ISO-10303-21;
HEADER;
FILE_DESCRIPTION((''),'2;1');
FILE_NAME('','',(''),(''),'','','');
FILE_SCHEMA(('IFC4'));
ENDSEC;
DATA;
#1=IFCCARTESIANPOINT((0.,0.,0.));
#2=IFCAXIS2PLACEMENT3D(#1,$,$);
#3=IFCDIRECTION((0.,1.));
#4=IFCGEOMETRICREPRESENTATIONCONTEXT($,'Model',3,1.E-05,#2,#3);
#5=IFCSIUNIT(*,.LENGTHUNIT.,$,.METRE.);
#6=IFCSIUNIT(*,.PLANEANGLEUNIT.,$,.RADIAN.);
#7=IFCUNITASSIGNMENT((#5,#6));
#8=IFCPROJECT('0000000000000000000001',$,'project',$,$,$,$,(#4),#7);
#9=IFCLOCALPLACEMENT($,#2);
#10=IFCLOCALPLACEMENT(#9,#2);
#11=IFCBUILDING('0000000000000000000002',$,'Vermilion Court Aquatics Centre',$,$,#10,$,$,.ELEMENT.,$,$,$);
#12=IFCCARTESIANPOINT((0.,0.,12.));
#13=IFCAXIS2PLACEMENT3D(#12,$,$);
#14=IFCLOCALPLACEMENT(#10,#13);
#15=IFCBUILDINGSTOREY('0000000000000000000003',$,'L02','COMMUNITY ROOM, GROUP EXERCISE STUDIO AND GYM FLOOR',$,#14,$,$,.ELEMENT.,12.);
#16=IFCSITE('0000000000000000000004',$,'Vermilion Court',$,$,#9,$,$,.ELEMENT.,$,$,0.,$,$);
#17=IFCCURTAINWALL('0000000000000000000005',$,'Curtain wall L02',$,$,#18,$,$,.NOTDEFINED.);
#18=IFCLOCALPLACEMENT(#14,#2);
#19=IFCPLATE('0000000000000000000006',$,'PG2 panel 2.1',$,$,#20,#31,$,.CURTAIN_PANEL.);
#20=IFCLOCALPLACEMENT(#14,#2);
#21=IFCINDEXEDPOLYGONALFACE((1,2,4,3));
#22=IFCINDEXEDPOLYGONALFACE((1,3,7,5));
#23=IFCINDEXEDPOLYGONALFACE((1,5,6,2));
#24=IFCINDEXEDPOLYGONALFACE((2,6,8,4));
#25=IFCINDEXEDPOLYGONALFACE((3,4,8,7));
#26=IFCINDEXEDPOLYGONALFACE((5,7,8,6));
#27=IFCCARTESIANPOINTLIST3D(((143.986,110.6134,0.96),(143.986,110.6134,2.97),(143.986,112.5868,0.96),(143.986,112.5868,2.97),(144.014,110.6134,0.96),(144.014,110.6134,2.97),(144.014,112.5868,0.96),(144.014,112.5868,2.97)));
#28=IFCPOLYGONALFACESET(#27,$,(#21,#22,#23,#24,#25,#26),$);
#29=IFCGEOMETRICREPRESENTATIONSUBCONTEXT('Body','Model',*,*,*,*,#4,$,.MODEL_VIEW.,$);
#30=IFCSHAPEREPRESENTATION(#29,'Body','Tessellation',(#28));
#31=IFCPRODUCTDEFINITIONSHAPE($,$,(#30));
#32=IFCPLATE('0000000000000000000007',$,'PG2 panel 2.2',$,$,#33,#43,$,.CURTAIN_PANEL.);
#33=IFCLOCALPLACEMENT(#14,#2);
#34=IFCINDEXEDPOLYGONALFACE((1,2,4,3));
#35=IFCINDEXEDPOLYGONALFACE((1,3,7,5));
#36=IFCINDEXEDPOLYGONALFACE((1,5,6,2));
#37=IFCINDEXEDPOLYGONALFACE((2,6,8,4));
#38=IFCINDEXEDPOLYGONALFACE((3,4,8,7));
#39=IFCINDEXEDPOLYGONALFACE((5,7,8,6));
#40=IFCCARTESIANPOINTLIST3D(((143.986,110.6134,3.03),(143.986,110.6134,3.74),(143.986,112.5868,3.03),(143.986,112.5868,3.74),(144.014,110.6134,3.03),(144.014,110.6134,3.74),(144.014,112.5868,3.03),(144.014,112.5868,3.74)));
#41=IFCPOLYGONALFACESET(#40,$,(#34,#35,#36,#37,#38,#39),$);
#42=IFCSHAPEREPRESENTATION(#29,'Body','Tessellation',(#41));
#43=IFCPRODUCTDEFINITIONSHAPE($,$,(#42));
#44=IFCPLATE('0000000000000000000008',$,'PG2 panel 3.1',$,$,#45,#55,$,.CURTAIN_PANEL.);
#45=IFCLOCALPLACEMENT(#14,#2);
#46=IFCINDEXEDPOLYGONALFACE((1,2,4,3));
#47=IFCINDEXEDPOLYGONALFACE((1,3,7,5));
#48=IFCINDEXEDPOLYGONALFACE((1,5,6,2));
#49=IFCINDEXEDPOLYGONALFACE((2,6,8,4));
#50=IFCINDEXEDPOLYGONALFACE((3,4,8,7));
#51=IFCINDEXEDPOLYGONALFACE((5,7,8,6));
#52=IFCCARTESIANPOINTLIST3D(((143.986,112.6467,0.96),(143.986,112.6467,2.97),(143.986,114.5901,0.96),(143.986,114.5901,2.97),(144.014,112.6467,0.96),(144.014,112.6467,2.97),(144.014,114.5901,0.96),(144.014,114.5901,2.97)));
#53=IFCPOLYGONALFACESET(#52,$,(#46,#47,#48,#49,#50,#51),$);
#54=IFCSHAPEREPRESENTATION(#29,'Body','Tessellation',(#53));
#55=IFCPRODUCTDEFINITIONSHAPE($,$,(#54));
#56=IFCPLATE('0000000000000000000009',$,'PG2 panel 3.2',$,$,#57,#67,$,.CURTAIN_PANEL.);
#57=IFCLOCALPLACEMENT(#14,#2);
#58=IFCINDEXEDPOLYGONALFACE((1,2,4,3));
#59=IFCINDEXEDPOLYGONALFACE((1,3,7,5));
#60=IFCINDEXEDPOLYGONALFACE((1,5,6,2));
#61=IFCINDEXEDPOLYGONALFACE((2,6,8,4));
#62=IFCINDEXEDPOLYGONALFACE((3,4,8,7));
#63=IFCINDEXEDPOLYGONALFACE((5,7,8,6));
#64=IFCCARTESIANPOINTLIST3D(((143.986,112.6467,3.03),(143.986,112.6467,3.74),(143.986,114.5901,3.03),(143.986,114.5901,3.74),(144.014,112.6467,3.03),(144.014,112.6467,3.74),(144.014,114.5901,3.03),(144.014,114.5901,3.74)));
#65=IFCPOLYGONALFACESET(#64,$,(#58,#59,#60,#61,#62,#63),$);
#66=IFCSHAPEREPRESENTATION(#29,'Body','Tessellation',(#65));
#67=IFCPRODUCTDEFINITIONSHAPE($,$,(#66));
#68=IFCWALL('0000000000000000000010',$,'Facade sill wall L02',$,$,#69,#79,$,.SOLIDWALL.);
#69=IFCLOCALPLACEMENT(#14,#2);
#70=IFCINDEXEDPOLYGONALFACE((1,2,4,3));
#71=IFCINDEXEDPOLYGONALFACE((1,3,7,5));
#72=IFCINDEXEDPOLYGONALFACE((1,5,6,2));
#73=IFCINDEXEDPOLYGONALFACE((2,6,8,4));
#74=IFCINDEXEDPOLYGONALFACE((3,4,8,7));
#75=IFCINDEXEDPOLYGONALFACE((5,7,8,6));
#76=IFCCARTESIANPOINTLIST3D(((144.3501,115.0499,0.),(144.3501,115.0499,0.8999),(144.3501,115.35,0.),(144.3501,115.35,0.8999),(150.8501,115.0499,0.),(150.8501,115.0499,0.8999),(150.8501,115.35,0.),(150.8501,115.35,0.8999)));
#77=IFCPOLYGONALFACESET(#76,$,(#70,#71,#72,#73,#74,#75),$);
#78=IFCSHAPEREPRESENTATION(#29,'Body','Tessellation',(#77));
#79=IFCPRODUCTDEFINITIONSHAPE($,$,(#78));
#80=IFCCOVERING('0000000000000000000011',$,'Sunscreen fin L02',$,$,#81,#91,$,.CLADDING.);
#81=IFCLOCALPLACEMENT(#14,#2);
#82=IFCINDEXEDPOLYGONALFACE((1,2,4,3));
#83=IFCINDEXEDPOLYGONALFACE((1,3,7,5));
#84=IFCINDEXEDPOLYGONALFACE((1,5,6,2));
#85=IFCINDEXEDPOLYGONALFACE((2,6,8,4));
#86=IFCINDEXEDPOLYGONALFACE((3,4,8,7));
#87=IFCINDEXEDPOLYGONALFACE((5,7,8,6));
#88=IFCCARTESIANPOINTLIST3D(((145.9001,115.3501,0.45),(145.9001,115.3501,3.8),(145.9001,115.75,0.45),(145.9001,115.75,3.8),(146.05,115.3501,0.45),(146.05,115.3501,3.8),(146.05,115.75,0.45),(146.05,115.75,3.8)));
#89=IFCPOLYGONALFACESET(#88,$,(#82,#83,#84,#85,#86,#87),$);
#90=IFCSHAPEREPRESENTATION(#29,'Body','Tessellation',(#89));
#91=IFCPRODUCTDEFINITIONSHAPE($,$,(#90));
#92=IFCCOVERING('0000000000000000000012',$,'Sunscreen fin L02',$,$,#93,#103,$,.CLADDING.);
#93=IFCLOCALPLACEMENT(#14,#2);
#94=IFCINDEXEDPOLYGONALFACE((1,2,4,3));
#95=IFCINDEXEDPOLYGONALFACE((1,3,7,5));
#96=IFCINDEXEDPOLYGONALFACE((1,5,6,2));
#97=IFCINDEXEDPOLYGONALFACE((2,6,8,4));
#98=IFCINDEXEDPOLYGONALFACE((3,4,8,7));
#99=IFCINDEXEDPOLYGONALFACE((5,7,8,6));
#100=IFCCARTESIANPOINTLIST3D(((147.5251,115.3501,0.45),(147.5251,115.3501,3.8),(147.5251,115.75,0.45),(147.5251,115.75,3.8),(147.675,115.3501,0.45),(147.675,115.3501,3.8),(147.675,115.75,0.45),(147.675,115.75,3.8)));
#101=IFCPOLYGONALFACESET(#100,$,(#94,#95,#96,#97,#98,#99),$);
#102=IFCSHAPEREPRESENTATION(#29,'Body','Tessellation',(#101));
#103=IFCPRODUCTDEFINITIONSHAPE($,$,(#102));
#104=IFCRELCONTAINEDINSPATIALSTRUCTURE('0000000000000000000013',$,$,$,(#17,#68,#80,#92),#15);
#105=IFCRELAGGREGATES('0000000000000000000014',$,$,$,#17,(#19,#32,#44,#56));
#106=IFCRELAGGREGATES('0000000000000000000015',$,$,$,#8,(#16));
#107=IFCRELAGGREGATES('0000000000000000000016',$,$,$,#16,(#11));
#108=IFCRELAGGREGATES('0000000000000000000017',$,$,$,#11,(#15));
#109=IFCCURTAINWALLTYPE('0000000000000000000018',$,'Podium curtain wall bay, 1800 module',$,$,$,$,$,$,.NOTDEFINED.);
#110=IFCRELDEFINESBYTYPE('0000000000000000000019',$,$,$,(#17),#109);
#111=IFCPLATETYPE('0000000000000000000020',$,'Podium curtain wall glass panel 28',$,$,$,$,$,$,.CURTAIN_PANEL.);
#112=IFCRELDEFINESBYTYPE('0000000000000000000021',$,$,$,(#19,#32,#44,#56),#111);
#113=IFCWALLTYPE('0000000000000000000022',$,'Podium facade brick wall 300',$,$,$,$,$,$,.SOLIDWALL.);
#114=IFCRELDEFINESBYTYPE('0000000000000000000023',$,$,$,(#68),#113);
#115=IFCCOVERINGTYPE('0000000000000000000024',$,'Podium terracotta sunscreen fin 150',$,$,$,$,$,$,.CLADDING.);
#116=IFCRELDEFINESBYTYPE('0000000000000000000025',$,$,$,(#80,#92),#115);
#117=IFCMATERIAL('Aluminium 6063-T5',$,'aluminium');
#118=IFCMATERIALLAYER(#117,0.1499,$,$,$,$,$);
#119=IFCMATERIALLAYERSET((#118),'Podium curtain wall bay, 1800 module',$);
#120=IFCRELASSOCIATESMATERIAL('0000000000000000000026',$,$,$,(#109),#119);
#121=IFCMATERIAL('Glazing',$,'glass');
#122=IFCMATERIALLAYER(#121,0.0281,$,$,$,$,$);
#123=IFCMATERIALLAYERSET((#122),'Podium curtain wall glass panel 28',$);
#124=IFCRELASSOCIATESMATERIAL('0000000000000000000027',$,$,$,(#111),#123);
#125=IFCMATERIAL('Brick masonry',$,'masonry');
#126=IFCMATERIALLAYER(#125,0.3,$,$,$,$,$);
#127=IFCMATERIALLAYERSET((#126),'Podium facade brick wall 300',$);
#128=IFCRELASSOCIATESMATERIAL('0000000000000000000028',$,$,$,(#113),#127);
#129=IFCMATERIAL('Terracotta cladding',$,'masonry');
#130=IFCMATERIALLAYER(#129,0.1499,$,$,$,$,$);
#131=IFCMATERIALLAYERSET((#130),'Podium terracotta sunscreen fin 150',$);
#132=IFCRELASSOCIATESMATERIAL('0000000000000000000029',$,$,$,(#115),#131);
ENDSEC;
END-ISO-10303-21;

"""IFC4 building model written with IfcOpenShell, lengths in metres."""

from ifc_helpers import new_model, si_unit, direction, frame, frame_2d, origin, origin_2d, place, context, subcontext, project, spatial, rectangle, extrude, material, layer, layer_set, type_object, element, aggregate, save


model = new_model("IFC4")

# Units and contexts
model_context = context("Model", 3, precision=1e-05, world=origin(), true_north=direction((0.0, 1.0)))
body_context = subcontext(model_context, "Body", "Model", "MODEL_VIEW")
ifc_project = project(units=[si_unit("LENGTHUNIT", "METRE"), si_unit("PLANEANGLEUNIT", "RADIAN")], contexts=[model_context])

# Site, building, storey
site_placement = place(None, origin())
site = spatial("IfcSite", under=ifc_project, at=site_placement, Name="Vermilion Court", CompositionType="ELEMENT", RefElevation=0.0)
building_placement = place(site_placement, origin())
building = spatial("IfcBuilding", under=site, at=building_placement, Name="Vermilion Court Aquatics Centre", CompositionType="ELEMENT")
storey_placement = place(building_placement, frame((0.0, 0.0, 12.0)))
storey = spatial("IfcBuildingStorey", under=building, at=storey_placement, Name="L02", Description="COMMUNITY ROOM, GROUP EXERCISE STUDIO AND GYM FLOOR", CompositionType="ELEMENT", Elevation=12.0)

# Curtain wall
ifc_material_1 = material(Name="Aluminium 6063-T5", Category="aluminium")
ifc_layer_1 = layer(ifc_material_1, 0.1499)
ifc_layer_set_1 = layer_set([ifc_layer_1], Name="Podium curtain wall bay, 1800 module")
curtain_wall_type = type_object("IfcCurtainWallType", Name="Podium curtain wall bay, 1800 module", PredefinedType="NOTDEFINED", material=ifc_layer_set_1)
curtain_wall_1_placement = place(storey_placement, origin())
curtain_wall_1 = element("IfcCurtainWall", 1, at=curtain_wall_1_placement, inside=storey, type_object=curtain_wall_type, Name="Curtain wall L02", PredefinedType="NOTDEFINED")

# Plates
ifc_material_2 = material(Name="Glazing", Category="glass")
ifc_layer_2 = layer(ifc_material_2, 0.0281)
ifc_layer_set_2 = layer_set([ifc_layer_2], Name="Podium curtain wall glass panel 28")
plate_type = type_object("IfcPlateType", Name="Podium curtain wall glass panel 28", PredefinedType="CURTAIN_PANEL", material=ifc_layer_set_2)
plate_1_placement = place(storey_placement, frame((144.0, 111.6001, 0.96), z_axis=(0.0, 0.0, 1.0), x_axis=(0.0, 1.0, 0.0)))
plate_1 = element("IfcPlate", 2, at=plate_1_placement, type_object=plate_type, Name="PG2 panel 2.1", PredefinedType="CURTAIN_PANEL", context=body_context, shape_type="SweptSolid", body=[
    extrude(rectangle(XDim=1.9734, YDim=0.0281, at=origin_2d()), origin(), (0.0, 0.0, 1.0), 2.01),
])
plate_2_placement = place(storey_placement, frame((144.0, 111.6001, 3.03), z_axis=(0.0, 0.0, 1.0), x_axis=(0.0, 1.0, 0.0)))
plate_2 = element("IfcPlate", 3, at=plate_2_placement, type_object=plate_type, Name="PG2 panel 2.2", PredefinedType="CURTAIN_PANEL", context=body_context, shape_type="SweptSolid", body=[
    extrude(rectangle(XDim=1.9734, YDim=0.0281, at=origin_2d()), origin(), (0.0, 0.0, 1.0), 0.71),
])
plate_3_placement = place(storey_placement, frame((144.0, 113.6184, 0.96), z_axis=(0.0, 0.0, 1.0), x_axis=(0.0, 1.0, 0.0)))
plate_3 = element("IfcPlate", 4, at=plate_3_placement, type_object=plate_type, Name="PG2 panel 3.1", PredefinedType="CURTAIN_PANEL", context=body_context, shape_type="SweptSolid", body=[
    extrude(rectangle(XDim=1.9434, YDim=0.0281, at=origin_2d()), origin(), (0.0, 0.0, 1.0), 2.01),
])
plate_4_placement = place(storey_placement, frame((144.0, 113.6184, 3.03), z_axis=(0.0, 0.0, 1.0), x_axis=(0.0, 1.0, 0.0)))
plate_4 = element("IfcPlate", 5, at=plate_4_placement, type_object=plate_type, Name="PG2 panel 3.2", PredefinedType="CURTAIN_PANEL", context=body_context, shape_type="SweptSolid", body=[
    extrude(rectangle(XDim=1.9434, YDim=0.0281, at=origin_2d()), origin(), (0.0, 0.0, 1.0), 0.71),
])
aggregate(curtain_wall_1, [plate_1, plate_2, plate_3, plate_4])

# Wall
ifc_material_3 = material(Name="Brick masonry", Category="masonry")
ifc_layer_3 = layer(ifc_material_3, 0.3)
ifc_layer_set_3 = layer_set([ifc_layer_3], Name="Podium facade brick wall 300")
wall_type = type_object("IfcWallType", Name="Podium facade brick wall 300", PredefinedType="SOLIDWALL", material=ifc_layer_set_3)
wall_placement = place(storey_placement, frame((144.3501, 115.2, 0.0), z_axis=(0.0, 0.0, 1.0), x_axis=(1.0, 0.0, 0.0)))
element("IfcWall", 6, at=wall_placement, inside=storey, type_object=wall_type, Name="Facade sill wall L02", PredefinedType="SOLIDWALL", context=body_context, shape_type="SweptSolid", body=[
    extrude(rectangle(XDim=6.5, YDim=0.3, at=frame_2d((3.25, 0.0))), origin(), (0.0, 0.0, 1.0), 0.8999),
])

# Coverings
ifc_material_4 = material(Name="Terracotta cladding", Category="masonry")
ifc_layer_4 = layer(ifc_material_4, 0.1499)
ifc_layer_set_4 = layer_set([ifc_layer_4], Name="Podium terracotta sunscreen fin 150")
covering_type = type_object("IfcCoveringType", Name="Podium terracotta sunscreen fin 150", PredefinedType="CLADDING", material=ifc_layer_set_4)
for number, where, z_axis, x_axis, name in (
    (7, (145.9751, 115.3501, 0.45), (0.0, 0.0, 1.0), (0.0, 1.0, 0.0), "Sunscreen fin L02"),
    (8, (147.6001, 115.3501, 0.45), (0.0, 0.0, 1.0), (0.0, 1.0, 0.0), "Sunscreen fin L02"),
):
    element("IfcCovering", number, at=place(storey_placement, frame(where, z_axis=z_axis, x_axis=x_axis)), inside=storey, type_object=covering_type, Name=name, PredefinedType="CLADDING", context=body_context, shape_type="SweptSolid", body=[
        extrude(rectangle(XDim=0.3999, YDim=0.1499, at=frame_2d((0.2, 0.0))), origin(), (0.0, 0.0, 1.0), 3.3501),
    ])

save(model, "model.ifc")
